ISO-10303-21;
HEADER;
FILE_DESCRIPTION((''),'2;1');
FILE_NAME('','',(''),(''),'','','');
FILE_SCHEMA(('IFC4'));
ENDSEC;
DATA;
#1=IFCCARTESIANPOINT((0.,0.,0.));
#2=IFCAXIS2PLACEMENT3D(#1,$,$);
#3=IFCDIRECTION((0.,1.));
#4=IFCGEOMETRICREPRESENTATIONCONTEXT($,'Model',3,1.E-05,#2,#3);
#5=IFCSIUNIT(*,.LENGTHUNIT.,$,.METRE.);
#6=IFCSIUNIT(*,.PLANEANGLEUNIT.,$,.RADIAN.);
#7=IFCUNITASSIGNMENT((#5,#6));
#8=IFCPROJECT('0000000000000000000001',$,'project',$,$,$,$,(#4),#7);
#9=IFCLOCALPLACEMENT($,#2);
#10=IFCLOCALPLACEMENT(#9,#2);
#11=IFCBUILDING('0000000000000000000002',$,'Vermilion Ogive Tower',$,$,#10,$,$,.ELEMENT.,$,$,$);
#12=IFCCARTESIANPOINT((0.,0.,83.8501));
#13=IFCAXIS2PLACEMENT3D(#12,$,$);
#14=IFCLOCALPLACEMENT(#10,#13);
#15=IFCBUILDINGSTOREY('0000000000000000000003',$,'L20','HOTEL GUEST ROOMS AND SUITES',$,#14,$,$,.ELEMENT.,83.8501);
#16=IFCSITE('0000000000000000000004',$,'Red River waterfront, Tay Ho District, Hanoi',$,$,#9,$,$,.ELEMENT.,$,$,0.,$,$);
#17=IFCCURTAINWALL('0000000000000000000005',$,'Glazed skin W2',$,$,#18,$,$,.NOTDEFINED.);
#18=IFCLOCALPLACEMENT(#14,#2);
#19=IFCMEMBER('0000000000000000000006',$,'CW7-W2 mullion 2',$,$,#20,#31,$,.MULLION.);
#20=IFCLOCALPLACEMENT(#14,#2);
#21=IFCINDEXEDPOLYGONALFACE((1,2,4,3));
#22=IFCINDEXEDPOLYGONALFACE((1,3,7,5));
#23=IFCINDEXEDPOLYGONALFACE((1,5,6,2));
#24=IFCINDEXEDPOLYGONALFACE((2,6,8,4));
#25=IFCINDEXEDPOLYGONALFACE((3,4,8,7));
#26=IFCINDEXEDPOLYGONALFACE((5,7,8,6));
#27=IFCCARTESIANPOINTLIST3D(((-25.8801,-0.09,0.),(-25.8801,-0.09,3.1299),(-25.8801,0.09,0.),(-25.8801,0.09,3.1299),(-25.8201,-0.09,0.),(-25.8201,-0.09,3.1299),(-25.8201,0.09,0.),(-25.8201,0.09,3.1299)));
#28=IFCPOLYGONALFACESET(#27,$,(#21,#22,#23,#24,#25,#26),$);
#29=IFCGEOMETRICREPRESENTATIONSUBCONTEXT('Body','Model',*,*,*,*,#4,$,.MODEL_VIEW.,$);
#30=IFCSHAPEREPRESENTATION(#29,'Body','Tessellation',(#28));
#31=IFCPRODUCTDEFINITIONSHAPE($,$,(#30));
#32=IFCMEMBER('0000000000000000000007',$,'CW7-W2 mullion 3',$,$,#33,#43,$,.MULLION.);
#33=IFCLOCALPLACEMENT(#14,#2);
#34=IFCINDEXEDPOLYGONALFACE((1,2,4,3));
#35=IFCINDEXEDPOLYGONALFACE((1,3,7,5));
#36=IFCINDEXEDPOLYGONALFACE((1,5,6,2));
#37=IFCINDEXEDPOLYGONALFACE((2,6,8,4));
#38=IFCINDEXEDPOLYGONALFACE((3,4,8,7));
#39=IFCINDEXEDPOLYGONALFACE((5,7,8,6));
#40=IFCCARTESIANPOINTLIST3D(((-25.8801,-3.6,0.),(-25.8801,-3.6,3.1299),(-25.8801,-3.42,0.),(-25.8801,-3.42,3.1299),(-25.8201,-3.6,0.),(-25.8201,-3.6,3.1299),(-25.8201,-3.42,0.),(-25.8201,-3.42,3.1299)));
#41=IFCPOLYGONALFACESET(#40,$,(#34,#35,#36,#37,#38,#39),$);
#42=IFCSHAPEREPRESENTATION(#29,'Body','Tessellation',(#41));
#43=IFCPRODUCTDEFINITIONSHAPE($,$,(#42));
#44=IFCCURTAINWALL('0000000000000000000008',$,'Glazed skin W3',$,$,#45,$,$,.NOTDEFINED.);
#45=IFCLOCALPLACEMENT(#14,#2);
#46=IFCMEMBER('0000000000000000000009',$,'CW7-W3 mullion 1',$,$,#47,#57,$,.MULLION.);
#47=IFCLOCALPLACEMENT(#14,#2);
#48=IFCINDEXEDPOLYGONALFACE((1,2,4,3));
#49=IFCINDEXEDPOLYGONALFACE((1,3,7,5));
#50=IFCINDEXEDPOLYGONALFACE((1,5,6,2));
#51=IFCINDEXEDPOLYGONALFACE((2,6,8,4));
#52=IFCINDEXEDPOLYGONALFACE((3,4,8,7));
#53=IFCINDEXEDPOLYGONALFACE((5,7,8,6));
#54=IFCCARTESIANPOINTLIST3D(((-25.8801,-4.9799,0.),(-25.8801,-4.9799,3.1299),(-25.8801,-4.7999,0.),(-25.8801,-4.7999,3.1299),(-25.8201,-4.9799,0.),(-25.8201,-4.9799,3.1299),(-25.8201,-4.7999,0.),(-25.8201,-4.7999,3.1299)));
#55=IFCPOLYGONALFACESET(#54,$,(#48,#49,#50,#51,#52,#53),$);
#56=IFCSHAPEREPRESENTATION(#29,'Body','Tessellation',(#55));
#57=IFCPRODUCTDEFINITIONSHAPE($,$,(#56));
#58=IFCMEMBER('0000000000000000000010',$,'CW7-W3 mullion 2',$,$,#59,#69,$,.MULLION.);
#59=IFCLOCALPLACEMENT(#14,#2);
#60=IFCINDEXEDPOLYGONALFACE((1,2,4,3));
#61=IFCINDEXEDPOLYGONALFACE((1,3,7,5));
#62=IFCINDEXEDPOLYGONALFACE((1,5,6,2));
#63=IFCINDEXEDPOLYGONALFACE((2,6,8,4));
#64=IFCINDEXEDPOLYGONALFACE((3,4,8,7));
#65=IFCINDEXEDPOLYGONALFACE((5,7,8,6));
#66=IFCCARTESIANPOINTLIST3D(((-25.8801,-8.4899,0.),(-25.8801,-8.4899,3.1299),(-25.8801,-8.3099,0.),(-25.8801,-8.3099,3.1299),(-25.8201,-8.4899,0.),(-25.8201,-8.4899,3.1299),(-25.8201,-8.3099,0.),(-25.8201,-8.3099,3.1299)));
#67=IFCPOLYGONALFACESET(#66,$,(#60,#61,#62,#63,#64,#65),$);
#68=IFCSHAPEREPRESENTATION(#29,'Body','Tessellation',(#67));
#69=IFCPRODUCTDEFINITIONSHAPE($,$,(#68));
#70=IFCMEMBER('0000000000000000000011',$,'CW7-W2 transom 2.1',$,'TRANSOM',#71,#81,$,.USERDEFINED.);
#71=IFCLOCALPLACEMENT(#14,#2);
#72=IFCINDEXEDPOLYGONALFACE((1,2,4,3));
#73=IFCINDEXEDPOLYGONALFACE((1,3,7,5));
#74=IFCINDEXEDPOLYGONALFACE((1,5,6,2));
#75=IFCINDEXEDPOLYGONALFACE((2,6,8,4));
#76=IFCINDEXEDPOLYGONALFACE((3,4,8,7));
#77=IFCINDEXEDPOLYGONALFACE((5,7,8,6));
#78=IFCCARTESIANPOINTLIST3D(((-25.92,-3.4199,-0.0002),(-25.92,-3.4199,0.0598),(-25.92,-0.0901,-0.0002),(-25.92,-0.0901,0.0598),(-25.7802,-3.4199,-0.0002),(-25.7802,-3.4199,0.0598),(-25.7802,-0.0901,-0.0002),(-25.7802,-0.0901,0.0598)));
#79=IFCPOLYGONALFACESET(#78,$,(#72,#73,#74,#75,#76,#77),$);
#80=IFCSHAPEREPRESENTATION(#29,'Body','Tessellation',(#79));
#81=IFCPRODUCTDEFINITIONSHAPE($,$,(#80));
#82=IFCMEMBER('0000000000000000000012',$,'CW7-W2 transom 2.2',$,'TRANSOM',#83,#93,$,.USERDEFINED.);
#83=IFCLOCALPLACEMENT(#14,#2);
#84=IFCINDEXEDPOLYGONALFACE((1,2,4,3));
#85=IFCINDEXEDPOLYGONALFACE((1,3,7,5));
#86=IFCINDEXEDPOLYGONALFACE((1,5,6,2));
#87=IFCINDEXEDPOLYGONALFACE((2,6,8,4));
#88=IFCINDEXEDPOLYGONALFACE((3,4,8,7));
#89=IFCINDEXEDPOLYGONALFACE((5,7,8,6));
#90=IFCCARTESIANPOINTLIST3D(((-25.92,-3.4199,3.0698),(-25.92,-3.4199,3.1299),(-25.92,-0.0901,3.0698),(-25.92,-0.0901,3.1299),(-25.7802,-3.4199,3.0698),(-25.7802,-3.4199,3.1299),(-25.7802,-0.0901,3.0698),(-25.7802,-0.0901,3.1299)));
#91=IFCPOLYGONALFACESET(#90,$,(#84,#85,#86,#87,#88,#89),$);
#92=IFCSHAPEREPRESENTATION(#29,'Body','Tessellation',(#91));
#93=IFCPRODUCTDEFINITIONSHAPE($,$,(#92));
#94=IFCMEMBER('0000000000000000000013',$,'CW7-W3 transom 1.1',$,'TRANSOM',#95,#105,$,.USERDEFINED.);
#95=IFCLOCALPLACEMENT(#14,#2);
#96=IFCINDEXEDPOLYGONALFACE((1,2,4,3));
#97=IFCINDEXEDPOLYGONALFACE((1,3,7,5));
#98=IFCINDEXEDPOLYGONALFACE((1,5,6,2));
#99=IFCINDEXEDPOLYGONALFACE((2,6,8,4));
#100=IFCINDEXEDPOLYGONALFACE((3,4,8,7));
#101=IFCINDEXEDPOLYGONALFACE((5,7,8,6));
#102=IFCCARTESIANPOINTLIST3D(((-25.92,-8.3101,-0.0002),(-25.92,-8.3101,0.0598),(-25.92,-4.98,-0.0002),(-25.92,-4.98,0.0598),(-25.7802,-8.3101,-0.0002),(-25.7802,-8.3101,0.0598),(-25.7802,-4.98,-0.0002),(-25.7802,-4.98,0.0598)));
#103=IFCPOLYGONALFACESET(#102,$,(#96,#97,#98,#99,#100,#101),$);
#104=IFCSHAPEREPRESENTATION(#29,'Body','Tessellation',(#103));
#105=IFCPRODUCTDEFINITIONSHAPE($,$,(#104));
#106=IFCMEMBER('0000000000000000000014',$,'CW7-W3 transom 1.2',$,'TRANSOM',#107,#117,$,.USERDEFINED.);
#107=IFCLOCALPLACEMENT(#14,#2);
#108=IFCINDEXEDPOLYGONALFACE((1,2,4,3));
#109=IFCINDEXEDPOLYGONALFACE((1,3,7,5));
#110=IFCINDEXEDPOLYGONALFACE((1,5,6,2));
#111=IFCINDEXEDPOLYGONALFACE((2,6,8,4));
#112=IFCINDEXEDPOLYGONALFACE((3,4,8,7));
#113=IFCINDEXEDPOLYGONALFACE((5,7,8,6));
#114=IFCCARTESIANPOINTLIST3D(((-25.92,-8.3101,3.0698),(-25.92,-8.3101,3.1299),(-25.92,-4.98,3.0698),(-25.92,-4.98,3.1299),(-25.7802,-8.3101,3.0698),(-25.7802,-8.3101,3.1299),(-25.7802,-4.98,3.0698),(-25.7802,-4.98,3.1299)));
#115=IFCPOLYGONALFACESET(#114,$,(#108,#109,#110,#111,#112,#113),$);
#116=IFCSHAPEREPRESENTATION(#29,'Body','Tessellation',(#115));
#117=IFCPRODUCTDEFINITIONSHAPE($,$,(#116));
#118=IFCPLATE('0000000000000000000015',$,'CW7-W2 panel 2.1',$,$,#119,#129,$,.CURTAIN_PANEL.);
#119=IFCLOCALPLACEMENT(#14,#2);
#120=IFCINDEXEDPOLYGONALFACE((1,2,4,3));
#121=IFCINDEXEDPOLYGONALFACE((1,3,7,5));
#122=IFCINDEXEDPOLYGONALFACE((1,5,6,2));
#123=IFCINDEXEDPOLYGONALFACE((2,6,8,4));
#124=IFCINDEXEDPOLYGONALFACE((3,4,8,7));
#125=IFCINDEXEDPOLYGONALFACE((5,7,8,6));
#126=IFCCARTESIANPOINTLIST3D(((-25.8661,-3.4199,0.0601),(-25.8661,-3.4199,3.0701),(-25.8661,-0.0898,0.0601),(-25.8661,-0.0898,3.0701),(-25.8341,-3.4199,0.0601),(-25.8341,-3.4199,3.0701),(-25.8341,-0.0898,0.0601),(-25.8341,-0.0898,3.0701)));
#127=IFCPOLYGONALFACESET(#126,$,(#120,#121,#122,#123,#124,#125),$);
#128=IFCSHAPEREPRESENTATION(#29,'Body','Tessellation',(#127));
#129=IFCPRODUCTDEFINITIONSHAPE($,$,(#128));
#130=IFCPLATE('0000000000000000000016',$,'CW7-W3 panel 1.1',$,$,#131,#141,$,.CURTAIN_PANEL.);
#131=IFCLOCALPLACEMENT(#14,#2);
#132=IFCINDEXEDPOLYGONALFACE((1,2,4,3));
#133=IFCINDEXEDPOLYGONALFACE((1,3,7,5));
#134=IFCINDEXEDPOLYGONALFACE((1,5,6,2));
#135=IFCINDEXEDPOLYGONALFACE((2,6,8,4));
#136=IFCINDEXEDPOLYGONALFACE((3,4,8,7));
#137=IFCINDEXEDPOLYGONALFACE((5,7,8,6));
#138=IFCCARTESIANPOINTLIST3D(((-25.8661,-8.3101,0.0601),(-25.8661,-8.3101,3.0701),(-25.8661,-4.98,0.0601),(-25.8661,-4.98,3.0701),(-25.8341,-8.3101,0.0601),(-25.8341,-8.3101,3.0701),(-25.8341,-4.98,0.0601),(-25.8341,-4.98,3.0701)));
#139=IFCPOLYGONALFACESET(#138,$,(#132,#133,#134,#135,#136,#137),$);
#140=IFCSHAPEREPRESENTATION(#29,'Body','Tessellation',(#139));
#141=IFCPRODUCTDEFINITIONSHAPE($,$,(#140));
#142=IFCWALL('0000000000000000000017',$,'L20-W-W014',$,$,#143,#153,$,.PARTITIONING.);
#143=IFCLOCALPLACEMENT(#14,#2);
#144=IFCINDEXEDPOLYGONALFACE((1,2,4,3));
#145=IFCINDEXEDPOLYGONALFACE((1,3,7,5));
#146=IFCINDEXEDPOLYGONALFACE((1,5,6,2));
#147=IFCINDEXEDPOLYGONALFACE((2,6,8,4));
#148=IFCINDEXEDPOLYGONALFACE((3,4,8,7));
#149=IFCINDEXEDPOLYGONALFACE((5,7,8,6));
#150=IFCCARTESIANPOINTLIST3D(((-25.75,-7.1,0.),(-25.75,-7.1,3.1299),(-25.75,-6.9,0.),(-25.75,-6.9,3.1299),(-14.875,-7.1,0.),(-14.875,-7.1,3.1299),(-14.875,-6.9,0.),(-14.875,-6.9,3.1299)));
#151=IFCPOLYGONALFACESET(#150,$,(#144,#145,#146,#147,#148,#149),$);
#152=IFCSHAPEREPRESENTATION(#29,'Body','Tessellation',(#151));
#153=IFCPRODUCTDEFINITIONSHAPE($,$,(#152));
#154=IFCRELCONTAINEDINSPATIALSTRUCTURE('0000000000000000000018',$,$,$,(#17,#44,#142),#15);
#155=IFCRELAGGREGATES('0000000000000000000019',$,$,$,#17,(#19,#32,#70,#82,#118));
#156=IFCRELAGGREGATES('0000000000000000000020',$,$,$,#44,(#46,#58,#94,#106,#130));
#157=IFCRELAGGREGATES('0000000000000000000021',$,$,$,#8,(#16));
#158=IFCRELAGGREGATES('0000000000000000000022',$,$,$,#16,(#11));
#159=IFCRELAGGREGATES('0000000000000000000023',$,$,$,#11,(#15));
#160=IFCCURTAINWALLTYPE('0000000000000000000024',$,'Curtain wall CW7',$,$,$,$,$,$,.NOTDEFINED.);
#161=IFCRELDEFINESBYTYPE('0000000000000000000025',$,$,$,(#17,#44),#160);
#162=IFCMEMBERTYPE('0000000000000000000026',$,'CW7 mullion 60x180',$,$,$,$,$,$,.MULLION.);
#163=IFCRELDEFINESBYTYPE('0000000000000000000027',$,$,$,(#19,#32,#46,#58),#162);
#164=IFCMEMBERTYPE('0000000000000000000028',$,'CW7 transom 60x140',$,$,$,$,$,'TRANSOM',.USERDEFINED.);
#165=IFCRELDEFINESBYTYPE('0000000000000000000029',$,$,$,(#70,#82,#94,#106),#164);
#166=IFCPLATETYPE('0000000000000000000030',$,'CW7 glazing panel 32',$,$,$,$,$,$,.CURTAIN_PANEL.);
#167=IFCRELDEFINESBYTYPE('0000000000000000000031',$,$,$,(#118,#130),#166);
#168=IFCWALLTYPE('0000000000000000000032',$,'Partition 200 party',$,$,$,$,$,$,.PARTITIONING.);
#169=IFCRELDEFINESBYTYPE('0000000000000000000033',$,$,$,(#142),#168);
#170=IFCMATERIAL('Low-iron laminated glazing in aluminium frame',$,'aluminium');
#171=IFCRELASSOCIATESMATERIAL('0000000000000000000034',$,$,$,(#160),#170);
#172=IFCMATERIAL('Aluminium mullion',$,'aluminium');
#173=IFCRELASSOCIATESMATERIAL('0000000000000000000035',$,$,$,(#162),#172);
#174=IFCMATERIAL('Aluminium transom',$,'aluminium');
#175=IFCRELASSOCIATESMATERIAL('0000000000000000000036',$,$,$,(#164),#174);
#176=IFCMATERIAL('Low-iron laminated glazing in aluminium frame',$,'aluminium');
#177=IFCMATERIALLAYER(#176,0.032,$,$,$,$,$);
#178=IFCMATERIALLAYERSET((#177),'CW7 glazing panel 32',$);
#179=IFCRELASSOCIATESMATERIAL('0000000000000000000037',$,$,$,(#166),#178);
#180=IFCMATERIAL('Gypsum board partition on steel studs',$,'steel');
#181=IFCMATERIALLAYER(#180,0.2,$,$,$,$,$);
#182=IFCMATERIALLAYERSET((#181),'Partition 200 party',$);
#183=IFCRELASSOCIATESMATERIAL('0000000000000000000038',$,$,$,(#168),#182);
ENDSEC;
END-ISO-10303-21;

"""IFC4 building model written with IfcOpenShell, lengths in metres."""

from ifc_helpers import new_model, si_unit, direction, frame, frame_2d, origin, origin_2d, place, context, subcontext, project, spatial, rectangle, extrude, material, layer, layer_set, material_profile, profile_set, type_object, element, aggregate, save


model = new_model("IFC4")

# Units and contexts
model_context = context("Model", 3, precision=1e-05, world=origin(), true_north=direction((0.0, 1.0)))
body_context = subcontext(model_context, "Body", "Model", "MODEL_VIEW")
ifc_project = project(units=[si_unit("LENGTHUNIT", "METRE"), si_unit("PLANEANGLEUNIT", "RADIAN")], contexts=[model_context])

# Site, building, storey
site_placement = place(None, origin())
site = spatial("IfcSite", under=ifc_project, at=site_placement, Name="Red River waterfront, Tay Ho District, Hanoi", CompositionType="ELEMENT", RefElevation=0.0)
building_placement = place(site_placement, origin())
building = spatial("IfcBuilding", under=site, at=building_placement, Name="Vermilion Ogive Tower", CompositionType="ELEMENT")
storey_placement = place(building_placement, frame((0.0, 0.0, 83.8501)))
storey = spatial("IfcBuildingStorey", under=building, at=storey_placement, Name="L20", Description="HOTEL GUEST ROOMS AND SUITES", CompositionType="ELEMENT", Elevation=83.8501)

# Curtain walls, members
ifc_material_1 = material(Name="Low-iron laminated glazing in aluminium frame", Category="aluminium")
curtain_wall_type = type_object("IfcCurtainWallType", Name="Curtain wall CW7", PredefinedType="NOTDEFINED", material=ifc_material_1)
curtain_wall_1_placement = place(storey_placement, origin())
curtain_wall_1 = element("IfcCurtainWall", 1, at=curtain_wall_1_placement, inside=storey, type_object=curtain_wall_type, Name="Glazed skin W2", PredefinedType="NOTDEFINED")
ifc_material_2 = material(Name="Aluminium mullion", Category="aluminium")
ifc_material_profile_1 = material_profile(ifc_material_2, rectangle(XDim=0.0601, YDim=0.1799, at=origin_2d()), Name="AL 60x180")
ifc_profile_set_1 = profile_set([ifc_material_profile_1], Name="Aluminium mullion")
member_type_1 = type_object("IfcMemberType", Name="CW7 mullion 60x180", PredefinedType="MULLION", material=ifc_profile_set_1)
member_1_placement = place(storey_placement, frame((-25.8501, 0.0, 0.0), z_axis=(0.0, 0.0, 1.0), x_axis=(1.0, 0.0, 0.0)))
member_1 = element("IfcMember", 2, at=member_1_placement, type_object=member_type_1, Name="CW7-W2 mullion 2", PredefinedType="MULLION", context=body_context, shape_type="SweptSolid", body=[
    extrude(rectangle(XDim=0.0601, YDim=0.1799, at=origin_2d()), origin(), (0.0, 0.0, 1.0), 3.1299),
])
member_2_placement = place(storey_placement, frame((-25.8501, -3.51, 0.0), z_axis=(0.0, 0.0, 1.0), x_axis=(1.0, 0.0, 0.0)))
member_2 = element("IfcMember", 3, at=member_2_placement, type_object=member_type_1, Name="CW7-W2 mullion 3", PredefinedType="MULLION", context=body_context, shape_type="SweptSolid", body=[
    extrude(rectangle(XDim=0.0601, YDim=0.1799, at=origin_2d()), origin(), (0.0, 0.0, 1.0), 3.1299),
])
curtain_wall_2_placement = place(storey_placement, origin())
curtain_wall_2 = element("IfcCurtainWall", 4, at=curtain_wall_2_placement, inside=storey, type_object=curtain_wall_type, Name="Glazed skin W3", PredefinedType="NOTDEFINED")
member_3_placement = place(storey_placement, frame((-25.8501, -4.8899, 0.0), z_axis=(0.0, 0.0, 1.0), x_axis=(1.0, 0.0, 0.0)))
member_3 = element("IfcMember", 5, at=member_3_placement, type_object=member_type_1, Name="CW7-W3 mullion 1", PredefinedType="MULLION", context=body_context, shape_type="SweptSolid", body=[
    extrude(rectangle(XDim=0.0601, YDim=0.1799, at=origin_2d()), origin(), (0.0, 0.0, 1.0), 3.1299),
])
member_4_placement = place(storey_placement, frame((-25.8501, -8.3999, 0.0), z_axis=(0.0, 0.0, 1.0), x_axis=(1.0, 0.0, 0.0)))
member_4 = element("IfcMember", 6, at=member_4_placement, type_object=member_type_1, Name="CW7-W3 mullion 2", PredefinedType="MULLION", context=body_context, shape_type="SweptSolid", body=[
    extrude(rectangle(XDim=0.0601, YDim=0.1799, at=origin_2d()), origin(), (0.0, 0.0, 1.0), 3.1299),
])

# Members
ifc_material_3 = material(Name="Aluminium transom", Category="aluminium")
ifc_material_profile_2 = material_profile(ifc_material_3, rectangle(XDim=0.1399, YDim=0.0601, at=origin_2d()), Name="AL 60x140")
ifc_profile_set_2 = profile_set([ifc_material_profile_2], Name="Aluminium transom")
member_type_2 = type_object("IfcMemberType", Name="CW7 transom 60x140", ElementType="TRANSOM", PredefinedType="USERDEFINED", material=ifc_profile_set_2)
member_5_placement = place(storey_placement, frame((-25.8501, -0.0901, 0.0298), z_axis=(0.0, -1.0, 0.0), x_axis=(1.0, 0.0, 0.0)))
member_5 = element("IfcMember", 7, at=member_5_placement, type_object=member_type_2, Name="CW7-W2 transom 2.1", ObjectType="TRANSOM", PredefinedType="USERDEFINED", context=body_context, shape_type="SweptSolid", body=[
    extrude(rectangle(XDim=0.1399, YDim=0.0601, at=origin_2d()), origin(), (0.0, 0.0, 1.0), 3.3298),
])
member_6_placement = place(storey_placement, frame((-25.8501, -0.0901, 3.0999), z_axis=(0.0, -1.0, 0.0), x_axis=(1.0, 0.0, 0.0)))
member_6 = element("IfcMember", 8, at=member_6_placement, type_object=member_type_2, Name="CW7-W2 transom 2.2", ObjectType="TRANSOM", PredefinedType="USERDEFINED", context=body_context, shape_type="SweptSolid", body=[
    extrude(rectangle(XDim=0.1399, YDim=0.0601, at=origin_2d()), origin(), (0.0, 0.0, 1.0), 3.3298),
])
member_7_placement = place(storey_placement, frame((-25.8501, -4.98, 0.0298), z_axis=(0.0, -1.0, 0.0), x_axis=(1.0, 0.0, 0.0)))
member_7 = element("IfcMember", 9, at=member_7_placement, type_object=member_type_2, Name="CW7-W3 transom 1.1", ObjectType="TRANSOM", PredefinedType="USERDEFINED", context=body_context, shape_type="SweptSolid", body=[
    extrude(rectangle(XDim=0.1399, YDim=0.0601, at=origin_2d()), origin(), (0.0, 0.0, 1.0), 3.3301),
])
member_8_placement = place(storey_placement, frame((-25.8501, -4.98, 3.0999), z_axis=(0.0, -1.0, 0.0), x_axis=(1.0, 0.0, 0.0)))
member_8 = element("IfcMember", 10, at=member_8_placement, type_object=member_type_2, Name="CW7-W3 transom 1.2", ObjectType="TRANSOM", PredefinedType="USERDEFINED", context=body_context, shape_type="SweptSolid", body=[
    extrude(rectangle(XDim=0.1399, YDim=0.0601, at=origin_2d()), origin(), (0.0, 0.0, 1.0), 3.3301),
])

# Plates
ifc_material_4 = material(Name="Low-iron laminated glazing in aluminium frame", Category="aluminium")
ifc_layer_1 = layer(ifc_material_4, 0.032)
ifc_layer_set_1 = layer_set([ifc_layer_1], Name="CW7 glazing panel 32")
plate_type = type_object("IfcPlateType", Name="CW7 glazing panel 32", PredefinedType="CURTAIN_PANEL", material=ifc_layer_set_1)
plate_1_placement = place(storey_placement, frame((-25.8501, -1.7549, 0.0601), z_axis=(0.0, 0.0, 1.0), x_axis=(0.0, -1.0, 0.0)))
plate_1 = element("IfcPlate", 11, at=plate_1_placement, type_object=plate_type, Name="CW7-W2 panel 2.1", PredefinedType="CURTAIN_PANEL", context=body_context, shape_type="SweptSolid", body=[
    extrude(rectangle(XDim=3.3301, YDim=0.032, at=origin_2d()), origin(), (0.0, 0.0, 1.0), 3.01),
])
aggregate(curtain_wall_1, [member_1, member_2, member_5, member_6, plate_1])
plate_2_placement = place(storey_placement, frame((-25.8501, -6.645, 0.0601), z_axis=(0.0, 0.0, 1.0), x_axis=(0.0, -1.0, 0.0)))
plate_2 = element("IfcPlate", 12, at=plate_2_placement, type_object=plate_type, Name="CW7-W3 panel 1.1", PredefinedType="CURTAIN_PANEL", context=body_context, shape_type="SweptSolid", body=[
    extrude(rectangle(XDim=3.3301, YDim=0.032, at=origin_2d()), origin(), (0.0, 0.0, 1.0), 3.01),
])
aggregate(curtain_wall_2, [member_3, member_4, member_7, member_8, plate_2])

# Wall
ifc_material_5 = material(Name="Gypsum board partition on steel studs", Category="steel")
ifc_layer_2 = layer(ifc_material_5, 0.2)
ifc_layer_set_2 = layer_set([ifc_layer_2], Name="Partition 200 party")
wall_type = type_object("IfcWallType", Name="Partition 200 party", PredefinedType="PARTITIONING", material=ifc_layer_set_2)
wall_placement = place(storey_placement, frame((-25.75, -7.0, 0.0), z_axis=(0.0, 0.0, 1.0), x_axis=(1.0, 0.0, 0.0)))
element("IfcWall", 13, at=wall_placement, inside=storey, type_object=wall_type, Name="L20-W-W014", PredefinedType="PARTITIONING", context=body_context, shape_type="SweptSolid", body=[
    extrude(rectangle(XDim=10.875, YDim=0.2, at=frame_2d((5.4375, 0.0))), origin(), (0.0, 0.0, 1.0), 3.1299),
])

save(model, "model.ifc")
